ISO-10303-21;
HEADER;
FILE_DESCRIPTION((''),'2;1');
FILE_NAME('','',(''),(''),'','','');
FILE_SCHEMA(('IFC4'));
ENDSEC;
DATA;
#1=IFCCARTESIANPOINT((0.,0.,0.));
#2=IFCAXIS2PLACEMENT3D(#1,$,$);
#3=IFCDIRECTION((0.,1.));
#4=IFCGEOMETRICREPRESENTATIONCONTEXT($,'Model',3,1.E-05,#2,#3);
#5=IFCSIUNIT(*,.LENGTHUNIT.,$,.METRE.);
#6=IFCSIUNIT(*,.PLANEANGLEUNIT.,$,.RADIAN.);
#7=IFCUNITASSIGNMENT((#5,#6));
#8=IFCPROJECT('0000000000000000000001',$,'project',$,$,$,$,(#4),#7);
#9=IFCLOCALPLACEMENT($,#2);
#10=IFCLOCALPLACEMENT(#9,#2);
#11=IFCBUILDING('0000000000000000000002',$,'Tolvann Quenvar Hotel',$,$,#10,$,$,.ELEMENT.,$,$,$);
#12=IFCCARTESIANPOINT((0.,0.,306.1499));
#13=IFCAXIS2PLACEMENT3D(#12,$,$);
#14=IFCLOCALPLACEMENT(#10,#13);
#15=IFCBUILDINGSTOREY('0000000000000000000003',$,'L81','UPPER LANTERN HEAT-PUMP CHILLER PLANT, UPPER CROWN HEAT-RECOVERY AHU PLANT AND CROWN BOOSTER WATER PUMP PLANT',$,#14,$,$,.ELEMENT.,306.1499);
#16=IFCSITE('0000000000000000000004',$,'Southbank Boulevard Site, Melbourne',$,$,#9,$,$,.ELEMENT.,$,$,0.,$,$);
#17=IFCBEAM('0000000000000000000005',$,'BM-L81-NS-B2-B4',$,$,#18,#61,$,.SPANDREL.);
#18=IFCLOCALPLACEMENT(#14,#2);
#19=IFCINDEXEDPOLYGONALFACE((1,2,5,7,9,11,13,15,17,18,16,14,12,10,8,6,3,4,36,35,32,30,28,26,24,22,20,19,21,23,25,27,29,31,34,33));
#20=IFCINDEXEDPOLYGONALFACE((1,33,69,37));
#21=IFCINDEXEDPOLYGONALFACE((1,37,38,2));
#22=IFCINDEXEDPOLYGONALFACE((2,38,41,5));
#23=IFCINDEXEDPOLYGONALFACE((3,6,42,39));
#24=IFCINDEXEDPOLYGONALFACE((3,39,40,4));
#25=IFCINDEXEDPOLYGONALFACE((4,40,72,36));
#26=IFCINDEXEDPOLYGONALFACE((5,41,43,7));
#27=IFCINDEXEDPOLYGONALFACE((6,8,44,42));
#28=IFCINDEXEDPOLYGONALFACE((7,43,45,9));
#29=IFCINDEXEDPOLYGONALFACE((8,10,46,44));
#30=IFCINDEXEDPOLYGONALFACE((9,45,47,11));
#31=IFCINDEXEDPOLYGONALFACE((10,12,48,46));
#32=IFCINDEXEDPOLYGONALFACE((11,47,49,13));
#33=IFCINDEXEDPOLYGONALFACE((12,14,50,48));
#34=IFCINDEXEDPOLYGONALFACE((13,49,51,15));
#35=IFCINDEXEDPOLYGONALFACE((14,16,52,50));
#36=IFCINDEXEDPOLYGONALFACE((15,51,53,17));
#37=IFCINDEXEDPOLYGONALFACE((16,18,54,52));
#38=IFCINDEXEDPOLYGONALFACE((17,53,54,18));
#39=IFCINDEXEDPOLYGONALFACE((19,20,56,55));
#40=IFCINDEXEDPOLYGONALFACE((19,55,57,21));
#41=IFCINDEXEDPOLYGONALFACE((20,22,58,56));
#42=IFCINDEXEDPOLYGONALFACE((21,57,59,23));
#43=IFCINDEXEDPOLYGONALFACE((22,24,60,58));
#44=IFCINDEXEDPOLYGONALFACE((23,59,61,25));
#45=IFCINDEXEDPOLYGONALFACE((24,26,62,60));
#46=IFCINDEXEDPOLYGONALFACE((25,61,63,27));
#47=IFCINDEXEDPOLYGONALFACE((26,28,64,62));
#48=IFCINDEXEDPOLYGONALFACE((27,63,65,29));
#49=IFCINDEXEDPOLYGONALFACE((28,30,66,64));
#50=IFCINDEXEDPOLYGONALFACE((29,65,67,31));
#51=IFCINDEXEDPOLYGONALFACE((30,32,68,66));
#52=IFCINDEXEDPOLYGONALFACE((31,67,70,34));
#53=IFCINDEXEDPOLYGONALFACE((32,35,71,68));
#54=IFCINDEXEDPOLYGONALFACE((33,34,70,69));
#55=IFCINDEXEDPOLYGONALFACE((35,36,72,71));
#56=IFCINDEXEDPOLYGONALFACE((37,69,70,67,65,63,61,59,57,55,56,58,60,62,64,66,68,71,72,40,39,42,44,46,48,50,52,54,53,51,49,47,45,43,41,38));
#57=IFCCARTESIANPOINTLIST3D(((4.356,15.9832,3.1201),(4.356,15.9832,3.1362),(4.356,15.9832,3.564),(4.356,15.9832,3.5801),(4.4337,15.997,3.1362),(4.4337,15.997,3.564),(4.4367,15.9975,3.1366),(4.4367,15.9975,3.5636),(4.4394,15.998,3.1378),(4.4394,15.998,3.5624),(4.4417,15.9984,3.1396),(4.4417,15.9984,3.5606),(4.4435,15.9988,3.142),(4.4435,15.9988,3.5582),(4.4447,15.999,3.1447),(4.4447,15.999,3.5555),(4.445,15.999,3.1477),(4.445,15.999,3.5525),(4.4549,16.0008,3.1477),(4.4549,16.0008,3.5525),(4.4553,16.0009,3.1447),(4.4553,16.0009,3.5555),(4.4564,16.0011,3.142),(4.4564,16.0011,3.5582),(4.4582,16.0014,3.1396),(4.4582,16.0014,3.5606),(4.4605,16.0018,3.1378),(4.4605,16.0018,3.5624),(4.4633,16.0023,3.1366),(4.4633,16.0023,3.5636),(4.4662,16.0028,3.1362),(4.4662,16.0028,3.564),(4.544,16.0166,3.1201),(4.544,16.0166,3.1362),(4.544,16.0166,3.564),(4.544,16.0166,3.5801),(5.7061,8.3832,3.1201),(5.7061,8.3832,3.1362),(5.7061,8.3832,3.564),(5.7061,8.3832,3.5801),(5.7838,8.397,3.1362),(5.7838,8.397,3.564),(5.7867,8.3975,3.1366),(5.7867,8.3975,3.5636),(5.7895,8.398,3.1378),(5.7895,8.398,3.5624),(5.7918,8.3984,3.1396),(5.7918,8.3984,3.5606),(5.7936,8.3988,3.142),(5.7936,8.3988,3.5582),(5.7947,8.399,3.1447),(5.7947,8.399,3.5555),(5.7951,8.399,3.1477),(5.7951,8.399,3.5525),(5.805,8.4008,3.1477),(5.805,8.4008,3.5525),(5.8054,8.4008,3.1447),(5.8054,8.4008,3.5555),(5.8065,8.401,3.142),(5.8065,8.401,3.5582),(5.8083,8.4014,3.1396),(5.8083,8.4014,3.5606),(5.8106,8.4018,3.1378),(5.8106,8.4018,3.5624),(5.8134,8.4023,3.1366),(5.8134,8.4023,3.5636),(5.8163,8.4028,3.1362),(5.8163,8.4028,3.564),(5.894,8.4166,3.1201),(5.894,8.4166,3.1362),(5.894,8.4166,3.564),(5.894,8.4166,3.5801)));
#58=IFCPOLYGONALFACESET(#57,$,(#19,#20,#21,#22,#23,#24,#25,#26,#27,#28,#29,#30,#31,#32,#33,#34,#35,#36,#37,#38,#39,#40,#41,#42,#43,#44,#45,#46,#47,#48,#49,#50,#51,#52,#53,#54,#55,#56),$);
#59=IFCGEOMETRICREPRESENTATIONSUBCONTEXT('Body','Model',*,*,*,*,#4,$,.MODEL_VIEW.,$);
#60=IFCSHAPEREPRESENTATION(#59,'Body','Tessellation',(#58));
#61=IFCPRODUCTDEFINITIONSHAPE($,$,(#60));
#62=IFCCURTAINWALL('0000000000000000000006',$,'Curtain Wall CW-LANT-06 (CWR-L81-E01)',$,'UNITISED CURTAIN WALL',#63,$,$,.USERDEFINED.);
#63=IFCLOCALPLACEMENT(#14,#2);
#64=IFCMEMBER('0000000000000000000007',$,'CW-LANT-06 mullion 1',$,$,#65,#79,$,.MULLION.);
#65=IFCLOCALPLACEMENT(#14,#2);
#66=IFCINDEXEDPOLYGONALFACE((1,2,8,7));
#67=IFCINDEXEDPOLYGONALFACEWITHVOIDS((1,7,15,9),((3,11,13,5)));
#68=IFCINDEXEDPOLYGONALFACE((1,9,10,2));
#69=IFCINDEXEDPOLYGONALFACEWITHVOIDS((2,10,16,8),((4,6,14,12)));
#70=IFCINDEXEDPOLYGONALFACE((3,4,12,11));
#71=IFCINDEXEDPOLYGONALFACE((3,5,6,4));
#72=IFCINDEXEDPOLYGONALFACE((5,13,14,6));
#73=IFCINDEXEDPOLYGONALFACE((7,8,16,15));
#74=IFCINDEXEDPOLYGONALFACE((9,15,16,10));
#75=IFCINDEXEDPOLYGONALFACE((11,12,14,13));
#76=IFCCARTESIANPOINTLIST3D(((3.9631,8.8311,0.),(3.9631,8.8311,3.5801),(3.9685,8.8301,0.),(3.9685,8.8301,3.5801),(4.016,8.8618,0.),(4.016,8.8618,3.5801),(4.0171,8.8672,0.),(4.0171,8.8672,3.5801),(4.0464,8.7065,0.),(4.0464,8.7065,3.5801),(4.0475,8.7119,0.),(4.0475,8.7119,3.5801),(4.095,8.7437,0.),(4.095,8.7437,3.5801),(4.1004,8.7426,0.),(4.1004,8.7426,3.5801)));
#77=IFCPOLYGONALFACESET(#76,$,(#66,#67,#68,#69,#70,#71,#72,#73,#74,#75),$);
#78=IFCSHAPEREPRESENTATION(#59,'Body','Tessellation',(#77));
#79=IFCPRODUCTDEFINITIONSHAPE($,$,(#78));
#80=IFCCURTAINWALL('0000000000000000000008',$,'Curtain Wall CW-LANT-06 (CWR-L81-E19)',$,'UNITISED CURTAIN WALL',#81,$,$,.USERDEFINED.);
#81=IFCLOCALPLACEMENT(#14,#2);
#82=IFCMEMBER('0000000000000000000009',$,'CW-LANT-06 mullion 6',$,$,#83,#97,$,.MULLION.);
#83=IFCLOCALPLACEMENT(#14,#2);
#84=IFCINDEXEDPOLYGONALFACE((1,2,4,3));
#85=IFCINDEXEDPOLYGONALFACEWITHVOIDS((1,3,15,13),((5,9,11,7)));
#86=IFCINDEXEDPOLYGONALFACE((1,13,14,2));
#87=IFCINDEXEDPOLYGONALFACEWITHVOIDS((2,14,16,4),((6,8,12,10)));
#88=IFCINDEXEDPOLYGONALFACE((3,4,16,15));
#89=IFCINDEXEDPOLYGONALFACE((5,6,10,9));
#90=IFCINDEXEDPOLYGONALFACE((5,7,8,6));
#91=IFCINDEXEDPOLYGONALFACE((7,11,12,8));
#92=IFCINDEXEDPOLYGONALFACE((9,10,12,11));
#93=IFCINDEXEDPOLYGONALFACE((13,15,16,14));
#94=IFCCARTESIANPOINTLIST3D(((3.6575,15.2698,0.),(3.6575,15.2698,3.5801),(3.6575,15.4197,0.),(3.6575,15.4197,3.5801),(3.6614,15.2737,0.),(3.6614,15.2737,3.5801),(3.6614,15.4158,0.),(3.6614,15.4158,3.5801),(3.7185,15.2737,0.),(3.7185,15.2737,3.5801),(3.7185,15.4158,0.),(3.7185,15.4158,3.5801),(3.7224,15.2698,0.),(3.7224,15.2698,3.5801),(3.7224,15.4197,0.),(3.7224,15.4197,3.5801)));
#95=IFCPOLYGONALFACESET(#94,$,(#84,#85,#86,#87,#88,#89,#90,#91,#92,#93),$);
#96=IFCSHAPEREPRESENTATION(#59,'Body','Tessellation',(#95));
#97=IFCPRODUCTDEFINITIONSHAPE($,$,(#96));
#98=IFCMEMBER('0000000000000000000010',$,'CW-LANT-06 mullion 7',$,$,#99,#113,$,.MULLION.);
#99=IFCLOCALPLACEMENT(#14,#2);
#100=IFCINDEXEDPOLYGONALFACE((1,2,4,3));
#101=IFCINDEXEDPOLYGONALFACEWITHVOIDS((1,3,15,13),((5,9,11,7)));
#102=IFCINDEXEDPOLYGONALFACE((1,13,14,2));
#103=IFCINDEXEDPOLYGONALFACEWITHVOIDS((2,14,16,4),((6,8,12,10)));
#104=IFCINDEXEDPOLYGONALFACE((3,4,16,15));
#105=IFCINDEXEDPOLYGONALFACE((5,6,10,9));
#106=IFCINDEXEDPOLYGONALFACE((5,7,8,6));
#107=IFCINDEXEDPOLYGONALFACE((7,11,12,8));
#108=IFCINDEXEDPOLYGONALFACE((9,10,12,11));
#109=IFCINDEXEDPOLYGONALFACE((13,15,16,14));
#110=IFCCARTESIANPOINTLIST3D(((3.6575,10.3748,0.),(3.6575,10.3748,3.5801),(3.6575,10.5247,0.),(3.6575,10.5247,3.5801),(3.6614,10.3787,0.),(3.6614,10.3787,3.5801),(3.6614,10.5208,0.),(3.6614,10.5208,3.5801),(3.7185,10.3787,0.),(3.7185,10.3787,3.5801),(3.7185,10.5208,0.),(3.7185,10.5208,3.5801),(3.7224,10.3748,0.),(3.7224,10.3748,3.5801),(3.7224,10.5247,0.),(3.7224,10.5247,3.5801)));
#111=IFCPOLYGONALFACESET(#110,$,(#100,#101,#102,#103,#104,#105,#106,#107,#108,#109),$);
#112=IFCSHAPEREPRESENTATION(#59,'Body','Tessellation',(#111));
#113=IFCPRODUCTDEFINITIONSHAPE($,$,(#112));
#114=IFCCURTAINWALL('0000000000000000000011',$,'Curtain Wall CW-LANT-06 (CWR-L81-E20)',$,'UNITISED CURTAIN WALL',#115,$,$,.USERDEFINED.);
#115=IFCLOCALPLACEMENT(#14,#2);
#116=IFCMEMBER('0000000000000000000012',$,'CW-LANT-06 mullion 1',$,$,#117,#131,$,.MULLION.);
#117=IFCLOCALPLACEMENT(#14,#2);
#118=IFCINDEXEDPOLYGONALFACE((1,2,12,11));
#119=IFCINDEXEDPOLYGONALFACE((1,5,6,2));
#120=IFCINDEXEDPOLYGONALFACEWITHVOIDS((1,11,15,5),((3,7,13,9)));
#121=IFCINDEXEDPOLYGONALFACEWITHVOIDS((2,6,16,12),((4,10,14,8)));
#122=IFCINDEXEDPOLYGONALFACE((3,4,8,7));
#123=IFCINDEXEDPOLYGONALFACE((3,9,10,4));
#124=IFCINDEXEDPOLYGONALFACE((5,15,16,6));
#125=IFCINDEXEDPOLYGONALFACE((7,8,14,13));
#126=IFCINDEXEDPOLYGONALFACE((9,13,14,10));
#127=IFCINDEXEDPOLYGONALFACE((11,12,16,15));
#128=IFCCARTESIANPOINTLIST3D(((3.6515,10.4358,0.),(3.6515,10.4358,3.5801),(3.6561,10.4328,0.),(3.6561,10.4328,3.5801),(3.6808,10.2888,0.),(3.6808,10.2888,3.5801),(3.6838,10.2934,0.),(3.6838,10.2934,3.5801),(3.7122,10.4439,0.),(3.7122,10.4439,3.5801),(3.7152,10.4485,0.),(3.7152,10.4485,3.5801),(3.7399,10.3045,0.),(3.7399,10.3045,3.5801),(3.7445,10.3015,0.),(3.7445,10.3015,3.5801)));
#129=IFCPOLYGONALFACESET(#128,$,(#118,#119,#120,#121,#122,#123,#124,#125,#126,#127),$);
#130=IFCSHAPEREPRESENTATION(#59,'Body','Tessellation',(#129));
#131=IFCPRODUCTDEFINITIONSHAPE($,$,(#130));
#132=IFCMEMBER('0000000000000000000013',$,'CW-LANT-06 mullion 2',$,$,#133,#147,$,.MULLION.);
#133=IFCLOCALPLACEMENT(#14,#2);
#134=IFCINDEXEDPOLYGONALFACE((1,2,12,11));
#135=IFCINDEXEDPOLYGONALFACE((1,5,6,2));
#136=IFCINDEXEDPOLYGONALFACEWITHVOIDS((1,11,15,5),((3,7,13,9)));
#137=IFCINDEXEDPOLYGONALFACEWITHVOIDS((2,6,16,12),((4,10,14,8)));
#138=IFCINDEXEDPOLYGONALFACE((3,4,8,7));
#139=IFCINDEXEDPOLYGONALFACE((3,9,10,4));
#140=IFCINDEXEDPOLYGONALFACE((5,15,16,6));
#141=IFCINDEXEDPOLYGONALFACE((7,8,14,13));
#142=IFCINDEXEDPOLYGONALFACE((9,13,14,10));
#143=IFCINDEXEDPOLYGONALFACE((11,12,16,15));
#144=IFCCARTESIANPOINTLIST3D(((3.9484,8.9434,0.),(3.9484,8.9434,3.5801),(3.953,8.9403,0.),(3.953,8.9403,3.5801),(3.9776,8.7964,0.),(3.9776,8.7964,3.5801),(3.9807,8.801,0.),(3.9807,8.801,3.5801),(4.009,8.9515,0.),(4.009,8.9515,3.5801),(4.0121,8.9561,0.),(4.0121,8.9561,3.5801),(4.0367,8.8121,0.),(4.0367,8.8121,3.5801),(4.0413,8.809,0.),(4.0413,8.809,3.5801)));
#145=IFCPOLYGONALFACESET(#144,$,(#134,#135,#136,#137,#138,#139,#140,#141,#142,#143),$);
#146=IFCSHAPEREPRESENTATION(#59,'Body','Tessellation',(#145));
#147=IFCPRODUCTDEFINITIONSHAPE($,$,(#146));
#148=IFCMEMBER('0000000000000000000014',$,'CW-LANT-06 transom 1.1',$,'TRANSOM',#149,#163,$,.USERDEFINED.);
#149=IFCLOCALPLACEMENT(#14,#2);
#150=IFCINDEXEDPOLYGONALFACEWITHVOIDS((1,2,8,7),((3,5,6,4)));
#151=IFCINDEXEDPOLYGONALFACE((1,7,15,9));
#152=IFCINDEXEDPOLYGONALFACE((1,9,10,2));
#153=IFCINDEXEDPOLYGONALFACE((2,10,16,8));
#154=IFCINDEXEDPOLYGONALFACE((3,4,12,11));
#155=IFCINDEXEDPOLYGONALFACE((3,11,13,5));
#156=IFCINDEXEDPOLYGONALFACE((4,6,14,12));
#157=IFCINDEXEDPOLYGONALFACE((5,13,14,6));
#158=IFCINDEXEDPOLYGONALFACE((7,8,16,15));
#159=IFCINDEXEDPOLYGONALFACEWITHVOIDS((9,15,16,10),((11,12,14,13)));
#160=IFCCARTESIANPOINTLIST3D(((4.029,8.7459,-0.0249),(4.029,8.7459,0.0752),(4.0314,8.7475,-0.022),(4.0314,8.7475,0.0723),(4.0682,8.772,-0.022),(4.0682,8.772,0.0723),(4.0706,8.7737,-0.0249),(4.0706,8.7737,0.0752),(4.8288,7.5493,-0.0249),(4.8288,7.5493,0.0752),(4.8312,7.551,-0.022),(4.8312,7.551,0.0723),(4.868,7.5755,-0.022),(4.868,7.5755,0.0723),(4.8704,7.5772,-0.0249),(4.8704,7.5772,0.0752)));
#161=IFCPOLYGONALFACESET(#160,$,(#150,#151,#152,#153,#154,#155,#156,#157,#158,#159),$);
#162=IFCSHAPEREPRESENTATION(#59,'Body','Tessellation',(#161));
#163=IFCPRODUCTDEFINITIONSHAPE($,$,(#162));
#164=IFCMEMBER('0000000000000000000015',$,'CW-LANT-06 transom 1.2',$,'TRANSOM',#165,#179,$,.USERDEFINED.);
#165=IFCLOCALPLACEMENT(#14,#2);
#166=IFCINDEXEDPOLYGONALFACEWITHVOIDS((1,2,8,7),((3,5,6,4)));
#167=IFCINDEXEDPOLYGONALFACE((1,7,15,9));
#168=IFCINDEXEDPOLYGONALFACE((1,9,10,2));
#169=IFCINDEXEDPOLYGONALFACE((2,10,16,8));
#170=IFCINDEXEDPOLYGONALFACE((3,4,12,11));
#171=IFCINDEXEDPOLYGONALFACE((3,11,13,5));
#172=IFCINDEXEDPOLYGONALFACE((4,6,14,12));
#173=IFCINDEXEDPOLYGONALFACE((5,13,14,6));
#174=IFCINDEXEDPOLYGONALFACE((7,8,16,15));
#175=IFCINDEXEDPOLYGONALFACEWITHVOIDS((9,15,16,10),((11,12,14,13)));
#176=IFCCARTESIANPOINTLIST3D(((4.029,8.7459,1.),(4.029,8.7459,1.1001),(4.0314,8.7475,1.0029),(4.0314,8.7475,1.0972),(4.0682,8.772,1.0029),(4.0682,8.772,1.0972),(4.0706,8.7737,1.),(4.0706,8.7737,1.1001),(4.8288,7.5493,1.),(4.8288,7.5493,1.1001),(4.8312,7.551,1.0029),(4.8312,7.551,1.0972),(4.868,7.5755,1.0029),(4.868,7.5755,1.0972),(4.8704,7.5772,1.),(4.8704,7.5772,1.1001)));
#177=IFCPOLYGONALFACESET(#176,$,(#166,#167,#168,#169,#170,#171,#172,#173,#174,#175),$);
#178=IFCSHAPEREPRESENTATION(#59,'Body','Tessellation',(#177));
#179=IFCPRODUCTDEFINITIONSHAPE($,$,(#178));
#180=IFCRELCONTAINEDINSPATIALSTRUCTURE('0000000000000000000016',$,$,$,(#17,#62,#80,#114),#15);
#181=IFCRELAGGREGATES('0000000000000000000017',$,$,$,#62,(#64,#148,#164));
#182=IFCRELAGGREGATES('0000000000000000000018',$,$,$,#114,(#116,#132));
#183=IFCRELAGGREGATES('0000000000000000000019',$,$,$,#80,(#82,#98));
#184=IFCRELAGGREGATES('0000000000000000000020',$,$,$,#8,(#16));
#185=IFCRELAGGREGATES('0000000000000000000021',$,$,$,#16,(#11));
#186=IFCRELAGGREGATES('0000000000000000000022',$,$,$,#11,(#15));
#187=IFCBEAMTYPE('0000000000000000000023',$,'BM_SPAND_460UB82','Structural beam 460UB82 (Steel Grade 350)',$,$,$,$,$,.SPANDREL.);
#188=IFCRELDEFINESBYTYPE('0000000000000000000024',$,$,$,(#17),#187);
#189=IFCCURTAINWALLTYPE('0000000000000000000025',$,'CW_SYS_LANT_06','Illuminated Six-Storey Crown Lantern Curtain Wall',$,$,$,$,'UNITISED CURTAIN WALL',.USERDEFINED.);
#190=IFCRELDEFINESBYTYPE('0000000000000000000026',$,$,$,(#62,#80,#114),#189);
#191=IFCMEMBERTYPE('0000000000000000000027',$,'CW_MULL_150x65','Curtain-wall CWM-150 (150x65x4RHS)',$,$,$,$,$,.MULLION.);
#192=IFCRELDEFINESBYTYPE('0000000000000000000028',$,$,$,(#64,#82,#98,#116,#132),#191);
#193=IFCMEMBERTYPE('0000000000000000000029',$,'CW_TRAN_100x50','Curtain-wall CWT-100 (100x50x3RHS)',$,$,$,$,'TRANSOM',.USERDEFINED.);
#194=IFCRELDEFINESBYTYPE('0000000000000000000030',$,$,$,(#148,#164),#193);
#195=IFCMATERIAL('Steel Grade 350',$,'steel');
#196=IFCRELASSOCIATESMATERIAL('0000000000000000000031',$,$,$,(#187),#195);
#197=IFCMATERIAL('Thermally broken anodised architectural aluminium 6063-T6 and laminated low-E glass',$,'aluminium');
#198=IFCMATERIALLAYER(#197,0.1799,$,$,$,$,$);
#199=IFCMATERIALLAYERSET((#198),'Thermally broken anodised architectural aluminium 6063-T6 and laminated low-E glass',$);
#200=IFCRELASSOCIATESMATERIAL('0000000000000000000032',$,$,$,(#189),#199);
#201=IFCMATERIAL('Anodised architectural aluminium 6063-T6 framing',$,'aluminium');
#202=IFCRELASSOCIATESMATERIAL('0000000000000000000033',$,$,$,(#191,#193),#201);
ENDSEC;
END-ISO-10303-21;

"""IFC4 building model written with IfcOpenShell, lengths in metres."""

from ifc_helpers import new_model, si_unit, direction, frame, origin, origin_2d, place, context, subcontext, project, spatial, hollow_rectangle, i_section, extrude, source, transform, mapped, material, layer, layer_set, material_profile, profile_set, type_object, type_shapes, element, aggregate, save


model = new_model("IFC4")

# Units and contexts
model_context = context("Model", 3, precision=1e-05, world=origin(), true_north=direction((0.0, 1.0)))
body_context = subcontext(model_context, "Body", "Model", "MODEL_VIEW")
ifc_project = project(units=[si_unit("LENGTHUNIT", "METRE"), si_unit("PLANEANGLEUNIT", "RADIAN")], contexts=[model_context])

# Site, building, storey
site_placement = place(None, origin())
site = spatial("IfcSite", under=ifc_project, at=site_placement, Name="Southbank Boulevard Site, Melbourne", CompositionType="ELEMENT", RefElevation=0.0)
building_placement = place(site_placement, origin())
building = spatial("IfcBuilding", under=site, at=building_placement, Name="Tolvann Quenvar Hotel", CompositionType="ELEMENT")
storey_placement = place(building_placement, frame((0.0, 0.0, 306.1499)))
storey = spatial("IfcBuildingStorey", under=building, at=storey_placement, Name="L81", Description="UPPER LANTERN HEAT-PUMP CHILLER PLANT, UPPER CROWN HEAT-RECOVERY AHU PLANT AND CROWN BOOSTER WATER PUMP PLANT", CompositionType="ELEMENT", Elevation=306.1499)

# Shared definitions
ifc_material_1 = material(Name="Steel Grade 350", Category="steel")

# Beam
ifc_material_profile_1 = material_profile(ifc_material_1, i_section(OverallWidth=0.1909, OverallDepth=0.46, WebThickness=0.01, FlangeThickness=0.0161, FilletRadius=0.0115, at=origin_2d()), Name="460UB82")
ifc_profile_set_1 = profile_set([ifc_material_profile_1], Name="Steel Grade 350")
beam_type_1 = type_object("IfcBeamType", Name="BM_SPAND_460UB82", Description="Structural beam 460UB82 (Steel Grade 350)", PredefinedType="SPANDREL", material=ifc_profile_set_1)
shared_shape_1 = source(origin(), body_context, "Body", "SweptSolid", [
    extrude(i_section(OverallWidth=0.1909, OverallDepth=0.46, WebThickness=0.01, FlangeThickness=0.0161, FilletRadius=0.0115, at=origin_2d()), origin(), (0.0, 0.0, 1.0), 7.719),
])
beam_1_placement = place(storey_placement, frame((5.8, 8.3999, 3.3501), z_axis=(-0.174904, 0.984586, 0.0), x_axis=(-0.984586, -0.174904, 0.0)))
element("IfcBeam", 1, at=beam_1_placement, inside=storey, type_object=beam_type_1, Name="BM-L81-NS-B2-B4", PredefinedType="SPANDREL", context=body_context, shape_type="MappedRepresentation", body=[
    mapped(shared_shape_1, transform((0.0, 0.0, 0.0), x_axis=(1.0, 0.0, 0.0), y_axis=(0.0, 1.0, 0.0), z_axis=(0.0, 0.0, 1.0), scale=1.0)),
])

# Curtain wall, member
ifc_material_2 = material(Name="Thermally broken anodised architectural aluminium 6063-T6 and laminated low-E glass", Category="aluminium")
ifc_layer_1 = layer(ifc_material_2, 0.1799)
ifc_layer_set_1 = layer_set([ifc_layer_1], Name="Thermally broken anodised architectural aluminium 6063-T6 and laminated low-E glass")
curtain_wall_type = type_object("IfcCurtainWallType", Name="CW_SYS_LANT_06", Description="Illuminated Six-Storey Crown Lantern Curtain Wall", ElementType="UNITISED CURTAIN WALL", PredefinedType="USERDEFINED", material=ifc_layer_set_1)
curtain_wall_1_placement = place(storey_placement, origin())
curtain_wall_1 = element("IfcCurtainWall", 2, at=curtain_wall_1_placement, inside=storey, type_object=curtain_wall_type, Name="Curtain Wall CW-LANT-06 (CWR-L81-E01)", ObjectType="UNITISED CURTAIN WALL", PredefinedType="USERDEFINED")
ifc_material_3 = material(Name="Anodised architectural aluminium 6063-T6 framing", Category="aluminium")
ifc_material_profile_2 = material_profile(ifc_material_3, hollow_rectangle(XDim=0.0649, YDim=0.1499, WallThickness=0.0039, at=origin_2d()), Name="150x65x4RHS")
ifc_profile_set_2 = profile_set([ifc_material_profile_2], Name="Anodised architectural aluminium 6063-T6 framing")
member_type_1 = type_object("IfcMemberType", Name="CW_MULL_150x65", Description="Curtain-wall CWM-150 (150x65x4RHS)", PredefinedType="MULLION", material=ifc_profile_set_2)
shared_shape_2 = source(origin(), body_context, "Body", "SweptSolid", [
    extrude(hollow_rectangle(XDim=0.0649, YDim=0.1499, WallThickness=0.0039, at=origin_2d()), origin(), (0.0, 0.0, 1.0), 3.5801),
])
type_shapes(member_type_1, [shared_shape_2])
member_1_placement = place(storey_placement, frame((4.0317, 8.7869, 0.0), z_axis=(0.0, 0.0, 1.0), x_axis=(0.831412, 0.555656, 0.0)))
member_1 = element("IfcMember", 3, at=member_1_placement, type_object=member_type_1, Name="CW-LANT-06 mullion 1", PredefinedType="MULLION", context=body_context, shape_type="MappedRepresentation", body=[
    mapped(shared_shape_2, transform((0.0, 0.0, 0.0), x_axis=(1.0, 0.0, 0.0), y_axis=(0.0, 1.0, 0.0), z_axis=(0.0, 0.0, 1.0), scale=1.0)),
])

# Curtain walls, members
curtain_wall_2_placement = place(storey_placement, origin())
curtain_wall_2 = element("IfcCurtainWall", 4, at=curtain_wall_2_placement, inside=storey, type_object=curtain_wall_type, Name="Curtain Wall CW-LANT-06 (CWR-L81-E19)", ObjectType="UNITISED CURTAIN WALL", PredefinedType="USERDEFINED")
member_2_placement = place(storey_placement, frame((3.6899, 15.3447, 0.0), z_axis=(0.0, 0.0, 1.0), x_axis=(1.0, 0.0, 0.0)))
member_2 = element("IfcMember", 5, at=member_2_placement, type_object=member_type_1, Name="CW-LANT-06 mullion 6", PredefinedType="MULLION", context=body_context, shape_type="MappedRepresentation", body=[
    mapped(shared_shape_2, transform((0.0, 0.0, 0.0), x_axis=(1.0, 0.0, 0.0), y_axis=(0.0, 1.0, 0.0), z_axis=(0.0, 0.0, 1.0), scale=1.0)),
])
member_3_placement = place(storey_placement, frame((3.6899, 10.4497, 0.0), z_axis=(0.0, 0.0, 1.0), x_axis=(1.0, 0.0, 0.0)))
member_3 = element("IfcMember", 6, at=member_3_placement, type_object=member_type_1, Name="CW-LANT-06 mullion 7", PredefinedType="MULLION", context=body_context, shape_type="MappedRepresentation", body=[
    mapped(shared_shape_2, transform((0.0, 0.0, 0.0), x_axis=(1.0, 0.0, 0.0), y_axis=(0.0, 1.0, 0.0), z_axis=(0.0, 0.0, 1.0), scale=1.0)),
])
curtain_wall_3_placement = place(storey_placement, origin())
curtain_wall_3 = element("IfcCurtainWall", 7, at=curtain_wall_3_placement, inside=storey, type_object=curtain_wall_type, Name="Curtain Wall CW-LANT-06 (CWR-L81-E20)", ObjectType="UNITISED CURTAIN WALL", PredefinedType="USERDEFINED")
member_4_placement = place(storey_placement, frame((3.698, 10.3687, 0.0), z_axis=(0.0, 0.0, 1.0), x_axis=(0.980791, 0.195062, 0.0)))
member_4 = element("IfcMember", 8, at=member_4_placement, type_object=member_type_1, Name="CW-LANT-06 mullion 1", PredefinedType="MULLION", context=body_context, shape_type="MappedRepresentation", body=[
    mapped(shared_shape_2, transform((0.0, 0.0, 0.0), x_axis=(1.0, 0.0, 0.0), y_axis=(0.0, 1.0, 0.0), z_axis=(0.0, 0.0, 1.0), scale=1.0)),
])
member_5_placement = place(storey_placement, frame((3.9949, 8.8762, 0.0), z_axis=(0.0, 0.0, 1.0), x_axis=(0.980791, 0.195062, 0.0)))
member_5 = element("IfcMember", 9, at=member_5_placement, type_object=member_type_1, Name="CW-LANT-06 mullion 2", PredefinedType="MULLION", context=body_context, shape_type="MappedRepresentation", body=[
    mapped(shared_shape_2, transform((0.0, 0.0, 0.0), x_axis=(1.0, 0.0, 0.0), y_axis=(0.0, 1.0, 0.0), z_axis=(0.0, 0.0, 1.0), scale=1.0)),
])

# Members
ifc_material_profile_3 = material_profile(ifc_material_3, hollow_rectangle(XDim=0.05, YDim=0.1001, WallThickness=0.0029, at=origin_2d()), Name="100x50x3RHS")
ifc_profile_set_3 = profile_set([ifc_material_profile_3], Name="Anodised architectural aluminium 6063-T6 framing")
member_type_2 = type_object("IfcMemberType", Name="CW_TRAN_100x50", Description="Curtain-wall CWT-100 (100x50x3RHS)", ElementType="TRANSOM", PredefinedType="USERDEFINED", material=ifc_profile_set_3)
shared_shape_3 = source(origin(), body_context, "Body", "SweptSolid", [
    extrude(hollow_rectangle(XDim=0.05, YDim=0.1001, WallThickness=0.0029, at=origin_2d()), origin(), (0.0, 0.0, 1.0), 1.4392),
])
member_6_placement = place(storey_placement, frame((4.0498, 8.7598, 0.0251), z_axis=(0.555718, -0.831371, 0.0), x_axis=(0.831371, 0.555718, 0.0)))
member_6 = element("IfcMember", 10, at=member_6_placement, type_object=member_type_2, Name="CW-LANT-06 transom 1.1", ObjectType="TRANSOM", PredefinedType="USERDEFINED", context=body_context, shape_type="MappedRepresentation", body=[
    mapped(shared_shape_3, transform((0.0, 0.0, 0.0), x_axis=(1.0, 0.0, 0.0), y_axis=(0.0, 1.0, 0.0), z_axis=(0.0, 0.0, 1.0), scale=1.0)),
])
member_7_placement = place(storey_placement, frame((4.0498, 8.7598, 1.05), z_axis=(0.555718, -0.831371, 0.0), x_axis=(0.831371, 0.555718, 0.0)))
member_7 = element("IfcMember", 11, at=member_7_placement, type_object=member_type_2, Name="CW-LANT-06 transom 1.2", ObjectType="TRANSOM", PredefinedType="USERDEFINED", context=body_context, shape_type="MappedRepresentation", body=[
    mapped(shared_shape_3, transform((0.0, 0.0, 0.0), x_axis=(1.0, 0.0, 0.0), y_axis=(0.0, 1.0, 0.0), z_axis=(0.0, 0.0, 1.0), scale=1.0)),
])
aggregate(curtain_wall_1, [member_1, member_6, member_7])

aggregate(curtain_wall_3, [member_4, member_5])
aggregate(curtain_wall_2, [member_2, member_3])

save(model, "model.ifc")
